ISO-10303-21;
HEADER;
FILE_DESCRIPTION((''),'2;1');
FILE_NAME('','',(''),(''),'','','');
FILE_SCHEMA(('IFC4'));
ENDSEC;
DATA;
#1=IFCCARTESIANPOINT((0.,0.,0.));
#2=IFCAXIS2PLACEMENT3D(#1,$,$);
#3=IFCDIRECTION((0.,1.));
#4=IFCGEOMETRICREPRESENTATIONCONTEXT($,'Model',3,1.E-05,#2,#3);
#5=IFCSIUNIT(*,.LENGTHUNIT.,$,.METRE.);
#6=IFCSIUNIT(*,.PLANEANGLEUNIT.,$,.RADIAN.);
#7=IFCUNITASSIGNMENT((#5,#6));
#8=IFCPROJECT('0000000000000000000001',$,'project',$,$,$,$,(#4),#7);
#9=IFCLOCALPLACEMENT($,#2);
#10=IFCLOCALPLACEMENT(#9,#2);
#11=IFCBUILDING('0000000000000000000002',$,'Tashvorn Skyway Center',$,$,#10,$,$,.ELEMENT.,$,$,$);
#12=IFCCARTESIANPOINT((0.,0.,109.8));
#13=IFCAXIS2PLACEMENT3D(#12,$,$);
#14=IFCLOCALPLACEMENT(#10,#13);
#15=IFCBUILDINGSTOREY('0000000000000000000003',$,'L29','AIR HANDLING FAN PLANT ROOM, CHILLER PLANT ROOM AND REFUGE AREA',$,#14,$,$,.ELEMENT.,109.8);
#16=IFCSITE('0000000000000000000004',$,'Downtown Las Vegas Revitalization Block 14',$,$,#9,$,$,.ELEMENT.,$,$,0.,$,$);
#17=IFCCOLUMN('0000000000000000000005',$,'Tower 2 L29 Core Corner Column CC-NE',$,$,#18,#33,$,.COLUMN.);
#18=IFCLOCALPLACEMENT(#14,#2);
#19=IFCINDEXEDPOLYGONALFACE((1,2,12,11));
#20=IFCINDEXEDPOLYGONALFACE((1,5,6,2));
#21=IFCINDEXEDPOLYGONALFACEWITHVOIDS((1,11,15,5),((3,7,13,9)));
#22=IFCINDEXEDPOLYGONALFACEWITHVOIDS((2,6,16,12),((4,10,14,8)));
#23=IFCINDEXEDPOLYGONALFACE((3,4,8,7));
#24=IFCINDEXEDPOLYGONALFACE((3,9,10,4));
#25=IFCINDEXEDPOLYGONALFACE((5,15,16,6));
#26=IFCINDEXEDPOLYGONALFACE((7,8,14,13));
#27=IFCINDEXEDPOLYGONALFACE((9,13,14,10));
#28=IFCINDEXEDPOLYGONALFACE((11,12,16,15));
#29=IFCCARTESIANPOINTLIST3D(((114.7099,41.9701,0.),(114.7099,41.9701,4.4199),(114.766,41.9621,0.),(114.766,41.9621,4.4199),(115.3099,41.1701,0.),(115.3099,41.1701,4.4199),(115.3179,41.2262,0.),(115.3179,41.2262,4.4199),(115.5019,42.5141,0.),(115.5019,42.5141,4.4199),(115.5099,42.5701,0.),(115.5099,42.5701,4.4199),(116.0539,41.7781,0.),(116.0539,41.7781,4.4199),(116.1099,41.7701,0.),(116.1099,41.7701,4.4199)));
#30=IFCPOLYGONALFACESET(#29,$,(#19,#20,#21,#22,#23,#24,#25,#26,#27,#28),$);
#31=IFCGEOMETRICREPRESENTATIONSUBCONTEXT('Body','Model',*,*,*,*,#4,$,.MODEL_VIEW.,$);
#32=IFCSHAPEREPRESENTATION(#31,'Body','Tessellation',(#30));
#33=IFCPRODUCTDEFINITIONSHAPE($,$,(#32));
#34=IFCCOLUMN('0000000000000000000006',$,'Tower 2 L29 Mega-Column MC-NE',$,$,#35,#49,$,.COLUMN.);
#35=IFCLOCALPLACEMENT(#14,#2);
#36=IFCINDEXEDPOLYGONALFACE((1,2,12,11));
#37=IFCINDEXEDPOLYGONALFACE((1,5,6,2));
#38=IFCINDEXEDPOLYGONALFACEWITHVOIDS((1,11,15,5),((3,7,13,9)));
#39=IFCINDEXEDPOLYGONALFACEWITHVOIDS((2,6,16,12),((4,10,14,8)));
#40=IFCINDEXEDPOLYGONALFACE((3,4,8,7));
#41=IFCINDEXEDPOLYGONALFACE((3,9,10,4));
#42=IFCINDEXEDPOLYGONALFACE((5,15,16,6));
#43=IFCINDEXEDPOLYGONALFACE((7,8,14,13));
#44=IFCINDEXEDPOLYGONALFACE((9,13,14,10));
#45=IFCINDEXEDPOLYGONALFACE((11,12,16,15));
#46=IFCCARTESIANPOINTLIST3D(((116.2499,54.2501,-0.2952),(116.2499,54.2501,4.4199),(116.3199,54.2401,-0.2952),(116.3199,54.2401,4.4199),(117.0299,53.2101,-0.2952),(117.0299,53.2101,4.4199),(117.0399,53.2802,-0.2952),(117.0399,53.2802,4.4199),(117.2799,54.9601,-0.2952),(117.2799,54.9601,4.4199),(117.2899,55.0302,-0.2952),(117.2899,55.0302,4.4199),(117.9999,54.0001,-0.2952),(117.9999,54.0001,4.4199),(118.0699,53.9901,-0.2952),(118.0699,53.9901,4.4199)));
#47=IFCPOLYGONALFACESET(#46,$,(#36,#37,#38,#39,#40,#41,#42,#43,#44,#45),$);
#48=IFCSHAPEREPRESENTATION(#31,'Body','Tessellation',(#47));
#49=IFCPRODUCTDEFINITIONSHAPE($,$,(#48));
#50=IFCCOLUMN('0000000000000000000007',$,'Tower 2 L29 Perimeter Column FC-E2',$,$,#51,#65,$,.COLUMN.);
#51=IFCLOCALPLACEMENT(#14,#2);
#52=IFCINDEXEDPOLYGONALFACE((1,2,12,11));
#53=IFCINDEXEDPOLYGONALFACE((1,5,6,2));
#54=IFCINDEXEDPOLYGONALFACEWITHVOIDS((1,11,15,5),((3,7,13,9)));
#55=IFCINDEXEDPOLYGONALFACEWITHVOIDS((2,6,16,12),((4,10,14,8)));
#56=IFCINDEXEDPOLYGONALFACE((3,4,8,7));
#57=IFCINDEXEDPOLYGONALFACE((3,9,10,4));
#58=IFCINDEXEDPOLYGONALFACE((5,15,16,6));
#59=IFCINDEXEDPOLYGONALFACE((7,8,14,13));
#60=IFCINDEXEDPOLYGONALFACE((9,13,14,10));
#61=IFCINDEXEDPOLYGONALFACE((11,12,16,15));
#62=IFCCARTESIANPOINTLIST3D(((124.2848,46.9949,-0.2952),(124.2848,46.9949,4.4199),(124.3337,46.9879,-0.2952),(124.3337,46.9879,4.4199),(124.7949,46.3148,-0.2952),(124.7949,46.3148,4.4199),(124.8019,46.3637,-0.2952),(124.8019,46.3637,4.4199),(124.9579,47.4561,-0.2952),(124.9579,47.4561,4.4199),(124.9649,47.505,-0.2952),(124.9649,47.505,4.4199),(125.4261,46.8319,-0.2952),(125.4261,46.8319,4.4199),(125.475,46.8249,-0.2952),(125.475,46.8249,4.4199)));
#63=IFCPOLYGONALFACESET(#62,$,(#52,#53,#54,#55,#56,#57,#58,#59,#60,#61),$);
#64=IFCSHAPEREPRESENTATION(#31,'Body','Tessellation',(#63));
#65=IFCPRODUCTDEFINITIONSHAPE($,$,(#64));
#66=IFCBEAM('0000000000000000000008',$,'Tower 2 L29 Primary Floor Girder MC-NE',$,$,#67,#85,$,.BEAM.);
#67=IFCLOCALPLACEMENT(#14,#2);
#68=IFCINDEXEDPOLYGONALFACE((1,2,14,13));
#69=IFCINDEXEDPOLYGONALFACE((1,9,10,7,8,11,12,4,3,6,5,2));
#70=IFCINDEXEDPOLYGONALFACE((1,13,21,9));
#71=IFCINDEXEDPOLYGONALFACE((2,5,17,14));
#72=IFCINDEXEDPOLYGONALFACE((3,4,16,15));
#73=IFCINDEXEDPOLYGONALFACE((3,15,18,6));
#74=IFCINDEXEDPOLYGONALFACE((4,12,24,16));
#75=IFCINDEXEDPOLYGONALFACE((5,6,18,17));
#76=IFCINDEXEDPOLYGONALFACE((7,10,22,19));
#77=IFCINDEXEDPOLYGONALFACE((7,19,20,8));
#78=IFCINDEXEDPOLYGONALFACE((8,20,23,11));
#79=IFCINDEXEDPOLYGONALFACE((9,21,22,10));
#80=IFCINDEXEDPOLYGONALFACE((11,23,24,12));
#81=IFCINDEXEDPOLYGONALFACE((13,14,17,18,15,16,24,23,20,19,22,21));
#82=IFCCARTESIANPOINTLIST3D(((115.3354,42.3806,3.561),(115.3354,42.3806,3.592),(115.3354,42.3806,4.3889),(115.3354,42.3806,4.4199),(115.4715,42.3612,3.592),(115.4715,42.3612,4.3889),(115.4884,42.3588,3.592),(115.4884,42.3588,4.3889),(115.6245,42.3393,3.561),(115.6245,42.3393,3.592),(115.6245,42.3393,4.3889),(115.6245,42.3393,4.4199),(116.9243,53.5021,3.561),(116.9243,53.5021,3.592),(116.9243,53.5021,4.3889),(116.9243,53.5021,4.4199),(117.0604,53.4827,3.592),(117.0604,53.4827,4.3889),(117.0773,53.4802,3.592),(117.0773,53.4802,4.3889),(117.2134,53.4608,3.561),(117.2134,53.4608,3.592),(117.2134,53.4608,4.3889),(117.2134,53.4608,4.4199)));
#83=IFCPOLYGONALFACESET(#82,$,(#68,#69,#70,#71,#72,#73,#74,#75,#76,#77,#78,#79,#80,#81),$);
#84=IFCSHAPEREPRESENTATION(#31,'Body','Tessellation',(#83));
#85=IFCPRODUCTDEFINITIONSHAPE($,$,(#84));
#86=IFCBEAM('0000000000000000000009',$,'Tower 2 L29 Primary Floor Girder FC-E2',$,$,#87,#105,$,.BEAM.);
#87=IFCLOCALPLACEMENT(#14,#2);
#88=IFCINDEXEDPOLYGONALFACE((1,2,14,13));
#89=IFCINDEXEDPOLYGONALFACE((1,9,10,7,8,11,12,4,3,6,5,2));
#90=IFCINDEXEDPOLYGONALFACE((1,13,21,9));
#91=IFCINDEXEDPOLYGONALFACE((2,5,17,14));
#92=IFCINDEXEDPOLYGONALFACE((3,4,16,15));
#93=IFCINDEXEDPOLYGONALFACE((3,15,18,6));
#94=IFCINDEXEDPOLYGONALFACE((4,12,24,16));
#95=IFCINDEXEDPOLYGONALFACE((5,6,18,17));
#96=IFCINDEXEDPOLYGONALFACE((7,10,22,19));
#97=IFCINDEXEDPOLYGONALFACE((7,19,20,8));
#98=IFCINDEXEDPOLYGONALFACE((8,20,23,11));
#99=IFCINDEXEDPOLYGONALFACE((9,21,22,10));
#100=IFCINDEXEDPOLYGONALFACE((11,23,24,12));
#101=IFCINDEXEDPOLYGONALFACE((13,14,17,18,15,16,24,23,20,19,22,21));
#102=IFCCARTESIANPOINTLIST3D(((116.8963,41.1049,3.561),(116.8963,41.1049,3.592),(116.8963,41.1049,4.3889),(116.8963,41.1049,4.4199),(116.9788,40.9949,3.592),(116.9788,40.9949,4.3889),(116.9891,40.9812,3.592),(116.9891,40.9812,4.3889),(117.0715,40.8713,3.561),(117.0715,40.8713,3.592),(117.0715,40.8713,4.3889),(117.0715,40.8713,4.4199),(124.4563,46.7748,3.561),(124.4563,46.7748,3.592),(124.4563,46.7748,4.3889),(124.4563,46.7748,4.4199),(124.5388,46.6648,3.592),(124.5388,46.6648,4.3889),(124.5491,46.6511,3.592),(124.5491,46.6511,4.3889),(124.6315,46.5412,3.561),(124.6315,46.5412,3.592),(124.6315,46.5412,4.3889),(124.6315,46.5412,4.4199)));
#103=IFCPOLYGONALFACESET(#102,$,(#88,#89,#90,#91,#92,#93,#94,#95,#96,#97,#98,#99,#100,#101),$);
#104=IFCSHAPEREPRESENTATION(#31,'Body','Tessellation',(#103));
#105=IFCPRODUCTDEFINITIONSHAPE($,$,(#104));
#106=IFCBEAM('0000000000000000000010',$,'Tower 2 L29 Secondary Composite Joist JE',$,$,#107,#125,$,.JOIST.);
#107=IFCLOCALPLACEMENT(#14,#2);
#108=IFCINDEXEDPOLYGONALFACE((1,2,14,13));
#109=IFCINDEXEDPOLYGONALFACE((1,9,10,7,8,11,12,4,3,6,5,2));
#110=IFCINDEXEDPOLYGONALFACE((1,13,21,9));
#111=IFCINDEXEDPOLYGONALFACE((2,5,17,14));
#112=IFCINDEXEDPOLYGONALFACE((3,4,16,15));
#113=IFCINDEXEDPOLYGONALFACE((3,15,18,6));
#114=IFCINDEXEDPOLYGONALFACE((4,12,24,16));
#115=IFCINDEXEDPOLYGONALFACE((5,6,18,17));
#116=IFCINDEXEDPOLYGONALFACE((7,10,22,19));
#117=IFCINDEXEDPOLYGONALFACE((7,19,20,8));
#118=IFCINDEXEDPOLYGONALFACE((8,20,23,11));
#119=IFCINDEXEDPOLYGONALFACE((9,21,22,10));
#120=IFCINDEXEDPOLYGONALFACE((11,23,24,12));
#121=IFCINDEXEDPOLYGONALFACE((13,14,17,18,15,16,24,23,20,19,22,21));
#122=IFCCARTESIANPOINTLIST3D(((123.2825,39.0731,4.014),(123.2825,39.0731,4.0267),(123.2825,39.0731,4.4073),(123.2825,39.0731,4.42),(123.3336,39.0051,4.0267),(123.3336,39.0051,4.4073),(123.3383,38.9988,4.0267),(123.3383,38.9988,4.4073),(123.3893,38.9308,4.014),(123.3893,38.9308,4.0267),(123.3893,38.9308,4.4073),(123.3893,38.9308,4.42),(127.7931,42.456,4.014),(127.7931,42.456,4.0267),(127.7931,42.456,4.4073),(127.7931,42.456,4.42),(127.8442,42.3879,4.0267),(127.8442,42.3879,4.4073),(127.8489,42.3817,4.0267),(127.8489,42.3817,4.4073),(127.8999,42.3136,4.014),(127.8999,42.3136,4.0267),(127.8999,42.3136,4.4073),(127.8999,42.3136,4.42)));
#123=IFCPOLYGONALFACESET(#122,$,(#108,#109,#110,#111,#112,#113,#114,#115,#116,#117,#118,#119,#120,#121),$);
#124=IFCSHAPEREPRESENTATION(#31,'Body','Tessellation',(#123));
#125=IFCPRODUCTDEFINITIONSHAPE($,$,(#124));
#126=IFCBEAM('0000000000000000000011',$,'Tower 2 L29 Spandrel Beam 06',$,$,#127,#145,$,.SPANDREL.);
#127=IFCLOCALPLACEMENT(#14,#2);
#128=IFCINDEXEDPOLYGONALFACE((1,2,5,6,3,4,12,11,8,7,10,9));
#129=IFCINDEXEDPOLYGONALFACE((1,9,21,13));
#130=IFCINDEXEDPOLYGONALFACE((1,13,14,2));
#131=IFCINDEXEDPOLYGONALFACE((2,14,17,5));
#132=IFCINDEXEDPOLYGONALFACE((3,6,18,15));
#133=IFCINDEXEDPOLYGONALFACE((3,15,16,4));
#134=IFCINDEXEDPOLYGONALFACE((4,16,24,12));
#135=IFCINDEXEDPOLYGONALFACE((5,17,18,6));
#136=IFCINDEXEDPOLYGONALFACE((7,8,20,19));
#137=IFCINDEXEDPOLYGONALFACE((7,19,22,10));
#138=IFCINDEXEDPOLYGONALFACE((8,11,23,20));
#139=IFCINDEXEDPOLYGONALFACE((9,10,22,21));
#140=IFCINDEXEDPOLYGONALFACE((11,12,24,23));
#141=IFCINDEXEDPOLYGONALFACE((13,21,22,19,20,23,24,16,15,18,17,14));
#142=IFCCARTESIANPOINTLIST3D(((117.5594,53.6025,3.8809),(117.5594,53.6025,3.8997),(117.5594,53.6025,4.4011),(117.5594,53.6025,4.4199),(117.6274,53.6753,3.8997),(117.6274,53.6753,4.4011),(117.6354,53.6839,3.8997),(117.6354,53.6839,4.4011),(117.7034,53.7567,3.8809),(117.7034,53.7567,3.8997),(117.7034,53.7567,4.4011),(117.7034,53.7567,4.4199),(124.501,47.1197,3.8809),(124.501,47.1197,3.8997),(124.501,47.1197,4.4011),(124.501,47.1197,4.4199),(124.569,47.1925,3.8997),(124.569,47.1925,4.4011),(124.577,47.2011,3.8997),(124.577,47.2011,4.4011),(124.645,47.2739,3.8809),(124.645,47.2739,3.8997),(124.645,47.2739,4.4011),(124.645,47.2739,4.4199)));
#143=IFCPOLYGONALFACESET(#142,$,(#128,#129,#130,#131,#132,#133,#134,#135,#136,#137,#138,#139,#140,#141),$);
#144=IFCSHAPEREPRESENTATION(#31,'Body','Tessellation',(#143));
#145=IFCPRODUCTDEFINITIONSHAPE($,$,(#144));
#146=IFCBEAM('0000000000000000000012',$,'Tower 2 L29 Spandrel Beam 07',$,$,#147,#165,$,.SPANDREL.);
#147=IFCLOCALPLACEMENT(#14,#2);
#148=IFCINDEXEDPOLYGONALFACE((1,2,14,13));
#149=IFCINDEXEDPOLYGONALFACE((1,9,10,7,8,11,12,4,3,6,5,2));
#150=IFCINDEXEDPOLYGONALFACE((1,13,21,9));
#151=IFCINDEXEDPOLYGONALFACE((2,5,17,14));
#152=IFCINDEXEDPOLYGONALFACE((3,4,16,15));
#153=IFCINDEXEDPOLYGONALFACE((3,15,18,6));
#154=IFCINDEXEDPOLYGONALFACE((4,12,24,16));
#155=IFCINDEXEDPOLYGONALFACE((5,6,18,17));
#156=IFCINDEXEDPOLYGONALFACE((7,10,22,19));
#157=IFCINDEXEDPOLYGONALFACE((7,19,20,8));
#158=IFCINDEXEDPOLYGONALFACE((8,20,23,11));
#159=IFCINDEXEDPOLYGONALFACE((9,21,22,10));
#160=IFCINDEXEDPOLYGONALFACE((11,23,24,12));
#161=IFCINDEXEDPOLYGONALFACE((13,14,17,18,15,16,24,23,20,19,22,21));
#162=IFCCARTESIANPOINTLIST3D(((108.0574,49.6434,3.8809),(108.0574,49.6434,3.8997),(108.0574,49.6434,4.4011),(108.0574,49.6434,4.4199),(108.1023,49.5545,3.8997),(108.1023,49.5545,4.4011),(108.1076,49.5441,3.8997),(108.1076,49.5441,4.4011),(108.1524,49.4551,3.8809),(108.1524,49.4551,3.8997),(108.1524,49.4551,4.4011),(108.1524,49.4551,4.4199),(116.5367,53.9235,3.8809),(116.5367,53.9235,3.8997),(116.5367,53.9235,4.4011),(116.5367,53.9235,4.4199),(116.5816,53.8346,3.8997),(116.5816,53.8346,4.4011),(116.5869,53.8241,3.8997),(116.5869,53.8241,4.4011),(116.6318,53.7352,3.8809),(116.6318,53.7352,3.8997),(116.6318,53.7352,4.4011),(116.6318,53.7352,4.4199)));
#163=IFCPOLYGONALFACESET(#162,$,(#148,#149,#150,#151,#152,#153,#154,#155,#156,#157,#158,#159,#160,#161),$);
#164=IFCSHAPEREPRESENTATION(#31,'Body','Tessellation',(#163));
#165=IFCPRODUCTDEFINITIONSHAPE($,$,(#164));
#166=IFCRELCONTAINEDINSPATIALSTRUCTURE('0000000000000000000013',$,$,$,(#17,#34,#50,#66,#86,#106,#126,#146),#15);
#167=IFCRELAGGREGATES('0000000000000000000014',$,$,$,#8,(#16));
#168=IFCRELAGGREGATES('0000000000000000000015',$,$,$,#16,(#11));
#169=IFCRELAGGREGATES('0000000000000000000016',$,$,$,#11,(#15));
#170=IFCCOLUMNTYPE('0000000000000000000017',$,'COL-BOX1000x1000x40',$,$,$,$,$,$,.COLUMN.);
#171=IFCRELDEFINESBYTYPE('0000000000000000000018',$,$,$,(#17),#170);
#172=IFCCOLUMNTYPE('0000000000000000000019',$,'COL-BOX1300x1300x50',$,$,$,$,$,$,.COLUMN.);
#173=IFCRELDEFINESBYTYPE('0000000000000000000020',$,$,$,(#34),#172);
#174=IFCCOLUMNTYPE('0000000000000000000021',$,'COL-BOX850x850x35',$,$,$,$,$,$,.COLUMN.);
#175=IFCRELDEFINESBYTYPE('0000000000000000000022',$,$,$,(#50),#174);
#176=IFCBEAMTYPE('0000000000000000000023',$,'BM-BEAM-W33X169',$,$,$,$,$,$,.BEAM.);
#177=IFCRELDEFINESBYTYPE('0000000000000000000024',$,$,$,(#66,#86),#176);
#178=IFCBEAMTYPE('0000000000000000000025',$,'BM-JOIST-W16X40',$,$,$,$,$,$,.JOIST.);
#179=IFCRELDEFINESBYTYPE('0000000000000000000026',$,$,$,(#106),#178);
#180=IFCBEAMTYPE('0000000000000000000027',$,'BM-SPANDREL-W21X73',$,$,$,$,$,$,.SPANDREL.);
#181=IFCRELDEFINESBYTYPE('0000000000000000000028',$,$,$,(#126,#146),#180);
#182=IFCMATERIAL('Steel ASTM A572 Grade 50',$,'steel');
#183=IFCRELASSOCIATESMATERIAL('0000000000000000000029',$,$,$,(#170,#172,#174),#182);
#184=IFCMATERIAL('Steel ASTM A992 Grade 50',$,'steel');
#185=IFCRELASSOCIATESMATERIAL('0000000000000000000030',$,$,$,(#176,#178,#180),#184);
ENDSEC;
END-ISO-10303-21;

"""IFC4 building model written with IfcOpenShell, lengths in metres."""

from ifc_helpers import new_model, si_unit, direction, frame, origin, origin_2d, place, context, subcontext, project, spatial, hollow_rectangle, i_section, extrude, material, material_profile, profile_set, type_object, element, save


model = new_model("IFC4")

# Units and contexts
model_context = context("Model", 3, precision=1e-05, world=origin(), true_north=direction((0.0, 1.0)))
body_context = subcontext(model_context, "Body", "Model", "MODEL_VIEW")
ifc_project = project(units=[si_unit("LENGTHUNIT", "METRE"), si_unit("PLANEANGLEUNIT", "RADIAN")], contexts=[model_context])

# Site, building, storey
site_placement = place(None, origin())
site = spatial("IfcSite", under=ifc_project, at=site_placement, Name="Downtown Las Vegas Revitalization Block 14", CompositionType="ELEMENT", RefElevation=0.0)
building_placement = place(site_placement, origin())
building = spatial("IfcBuilding", under=site, at=building_placement, Name="Tashvorn Skyway Center", CompositionType="ELEMENT")
storey_placement = place(building_placement, frame((0.0, 0.0, 109.8)))
storey = spatial("IfcBuildingStorey", under=building, at=storey_placement, Name="L29", Description="AIR HANDLING FAN PLANT ROOM, CHILLER PLANT ROOM AND REFUGE AREA", CompositionType="ELEMENT", Elevation=109.8)

# Columns
ifc_material_1 = material(Name="Steel ASTM A572 Grade 50", Category="steel")
ifc_material_profile_1 = material_profile(ifc_material_1, hollow_rectangle(XDim=1.0, YDim=1.0, WallThickness=0.04, at=origin_2d()), Name="BOX1000x1000x40")
ifc_profile_set_1 = profile_set([ifc_material_profile_1], Name="Steel ASTM A572 Grade 50")
column_type_1 = type_object("IfcColumnType", Name="COL-BOX1000x1000x40", PredefinedType="COLUMN", material=ifc_profile_set_1)
column_1_placement = place(storey_placement, frame((115.4099, 41.8701, 0.0), z_axis=(0.0, 0.0, 1.0), x_axis=(0.8, 0.6, 0.0)))
element("IfcColumn", 1, at=column_1_placement, inside=storey, type_object=column_type_1, Name="Tower 2 L29 Core Corner Column CC-NE", PredefinedType="COLUMN", context=body_context, shape_type="SweptSolid", body=[
    extrude(hollow_rectangle(XDim=1.0, YDim=1.0, WallThickness=0.04, at=origin_2d()), origin(), (0.0, 0.0, 1.0), 4.4199),
])
ifc_material_profile_2 = material_profile(ifc_material_1, hollow_rectangle(XDim=1.3, YDim=1.3, WallThickness=0.05, at=origin_2d()), Name="BOX1300x1300x50")
ifc_profile_set_2 = profile_set([ifc_material_profile_2], Name="Steel ASTM A572 Grade 50")
column_type_2 = type_object("IfcColumnType", Name="COL-BOX1300x1300x50", PredefinedType="COLUMN", material=ifc_profile_set_2)
column_2_placement = place(storey_placement, frame((117.1599, 54.1201, -0.2952), z_axis=(0.0, 0.0, 1.0), x_axis=(0.8, 0.6, 0.0)))
element("IfcColumn", 2, at=column_2_placement, inside=storey, type_object=column_type_2, Name="Tower 2 L29 Mega-Column MC-NE", PredefinedType="COLUMN", context=body_context, shape_type="SweptSolid", body=[
    extrude(hollow_rectangle(XDim=1.3, YDim=1.3, WallThickness=0.05, at=origin_2d()), origin(), (0.0, 0.0, 1.0), 4.7151),
])
ifc_material_profile_3 = material_profile(ifc_material_1, hollow_rectangle(XDim=0.8501, YDim=0.8501, WallThickness=0.0349, at=origin_2d()), Name="BOX850x850x35")
ifc_profile_set_3 = profile_set([ifc_material_profile_3], Name="Steel ASTM A572 Grade 50")
column_type_3 = type_object("IfcColumnType", Name="COL-BOX850x850x35", PredefinedType="COLUMN", material=ifc_profile_set_3)
column_3_placement = place(storey_placement, frame((124.8799, 46.9099, -0.2952), z_axis=(0.0, 0.0, 1.0), x_axis=(0.8, 0.6, 0.0)))
element("IfcColumn", 3, at=column_3_placement, inside=storey, type_object=column_type_3, Name="Tower 2 L29 Perimeter Column FC-E2", PredefinedType="COLUMN", context=body_context, shape_type="SweptSolid", body=[
    extrude(hollow_rectangle(XDim=0.8501, YDim=0.8501, WallThickness=0.0349, at=origin_2d()), origin(), (0.0, 0.0, 1.0), 4.7151),
])

# Beams
ifc_material_2 = material(Name="Steel ASTM A992 Grade 50", Category="steel")
ifc_material_profile_4 = material_profile(ifc_material_2, i_section(OverallWidth=0.292, OverallDepth=0.8589, WebThickness=0.0171, FlangeThickness=0.031, at=origin_2d()), Name="W33X169")
ifc_profile_set_4 = profile_set([ifc_material_profile_4], Name="Steel ASTM A992 Grade 50")
beam_type_1 = type_object("IfcBeamType", Name="BM-BEAM-W33X169", PredefinedType="BEAM", material=ifc_profile_set_4)
beam_1_placement = place(storey_placement, frame((117.0688, 53.4814, 3.9905), z_axis=(-0.14143, -0.989948, 0.0), x_axis=(0.989948, -0.14143, 0.0)))
element("IfcBeam", 4, at=beam_1_placement, inside=storey, type_object=beam_type_1, Name="Tower 2 L29 Primary Floor Girder MC-NE", PredefinedType="BEAM", context=body_context, shape_type="SweptSolid", body=[
    extrude(i_section(OverallWidth=0.292, OverallDepth=0.8589, WebThickness=0.0171, FlangeThickness=0.031, at=origin_2d()), origin(), (0.0, 0.0, 1.0), 11.2344),
])
beam_2_placement = place(storey_placement, frame((124.5439, 46.658, 3.9905), z_axis=(-0.800006, -0.599992, 0.0), x_axis=(0.599992, -0.800006, 0.0)))
element("IfcBeam", 5, at=beam_2_placement, inside=storey, type_object=beam_type_1, Name="Tower 2 L29 Primary Floor Girder FC-E2", PredefinedType="BEAM", context=body_context, shape_type="SweptSolid", body=[
    extrude(i_section(OverallWidth=0.292, OverallDepth=0.8589, WebThickness=0.0171, FlangeThickness=0.031, at=origin_2d()), origin(), (0.0, 0.0, 1.0), 9.45),
])
ifc_material_profile_5 = material_profile(ifc_material_2, i_section(OverallWidth=0.178, OverallDepth=0.406, WebThickness=0.0078, FlangeThickness=0.0127, at=origin_2d()), Name="W16X40")
ifc_profile_set_5 = profile_set([ifc_material_profile_5], Name="Steel ASTM A992 Grade 50")
beam_type_2 = type_object("IfcBeamType", Name="BM-JOIST-W16X40", PredefinedType="JOIST", material=ifc_profile_set_5)
beam_3_placement = place(storey_placement, frame((123.3359, 39.002, 4.217), z_axis=(0.800005, 0.599993, 0.0), x_axis=(-0.599993, 0.800005, 0.0)))
element("IfcBeam", 6, at=beam_3_placement, inside=storey, type_object=beam_type_2, Name="Tower 2 L29 Secondary Composite Joist JE", PredefinedType="JOIST", context=body_context, shape_type="SweptSolid", body=[
    extrude(i_section(OverallWidth=0.178, OverallDepth=0.406, WebThickness=0.0078, FlangeThickness=0.0127, at=origin_2d()), origin(), (0.0, 0.0, 1.0), 5.6382),
])
ifc_material_profile_6 = material_profile(ifc_material_2, i_section(OverallWidth=0.2109, OverallDepth=0.5391, WebThickness=0.0117, FlangeThickness=0.0188, at=origin_2d()), Name="W21X73")
ifc_profile_set_6 = profile_set([ifc_material_profile_6], Name="Steel ASTM A992 Grade 50")
beam_type_3 = type_object("IfcBeamType", Name="BM-SPANDREL-W21X73", PredefinedType="SPANDREL", material=ifc_profile_set_6)
beam_4_placement = place(storey_placement, frame((124.573, 47.1968, 4.1504), z_axis=(-0.730843, 0.682545, 0.0), x_axis=(-0.682545, -0.730843, 0.0)))
element("IfcBeam", 7, at=beam_4_placement, inside=storey, type_object=beam_type_3, Name="Tower 2 L29 Spandrel Beam 06", PredefinedType="SPANDREL", context=body_context, shape_type="SweptSolid", body=[
    extrude(i_section(OverallWidth=0.2109, OverallDepth=0.5391, WebThickness=0.0117, FlangeThickness=0.0188, at=origin_2d()), origin(), (0.0, 0.0, 1.0), 9.498),
])
beam_5_placement = place(storey_placement, frame((116.5842, 53.8293, 4.1504), z_axis=(-0.892719, -0.450614, 0.0), x_axis=(0.450614, -0.892719, 0.0)))
element("IfcBeam", 8, at=beam_5_placement, inside=storey, type_object=beam_type_3, Name="Tower 2 L29 Spandrel Beam 07", PredefinedType="SPANDREL", context=body_context, shape_type="SweptSolid", body=[
    extrude(i_section(OverallWidth=0.2109, OverallDepth=0.5391, WebThickness=0.0117, FlangeThickness=0.0188, at=origin_2d()), origin(), (0.0, 0.0, 1.0), 9.4983),
])

save(model, "model.ifc")
